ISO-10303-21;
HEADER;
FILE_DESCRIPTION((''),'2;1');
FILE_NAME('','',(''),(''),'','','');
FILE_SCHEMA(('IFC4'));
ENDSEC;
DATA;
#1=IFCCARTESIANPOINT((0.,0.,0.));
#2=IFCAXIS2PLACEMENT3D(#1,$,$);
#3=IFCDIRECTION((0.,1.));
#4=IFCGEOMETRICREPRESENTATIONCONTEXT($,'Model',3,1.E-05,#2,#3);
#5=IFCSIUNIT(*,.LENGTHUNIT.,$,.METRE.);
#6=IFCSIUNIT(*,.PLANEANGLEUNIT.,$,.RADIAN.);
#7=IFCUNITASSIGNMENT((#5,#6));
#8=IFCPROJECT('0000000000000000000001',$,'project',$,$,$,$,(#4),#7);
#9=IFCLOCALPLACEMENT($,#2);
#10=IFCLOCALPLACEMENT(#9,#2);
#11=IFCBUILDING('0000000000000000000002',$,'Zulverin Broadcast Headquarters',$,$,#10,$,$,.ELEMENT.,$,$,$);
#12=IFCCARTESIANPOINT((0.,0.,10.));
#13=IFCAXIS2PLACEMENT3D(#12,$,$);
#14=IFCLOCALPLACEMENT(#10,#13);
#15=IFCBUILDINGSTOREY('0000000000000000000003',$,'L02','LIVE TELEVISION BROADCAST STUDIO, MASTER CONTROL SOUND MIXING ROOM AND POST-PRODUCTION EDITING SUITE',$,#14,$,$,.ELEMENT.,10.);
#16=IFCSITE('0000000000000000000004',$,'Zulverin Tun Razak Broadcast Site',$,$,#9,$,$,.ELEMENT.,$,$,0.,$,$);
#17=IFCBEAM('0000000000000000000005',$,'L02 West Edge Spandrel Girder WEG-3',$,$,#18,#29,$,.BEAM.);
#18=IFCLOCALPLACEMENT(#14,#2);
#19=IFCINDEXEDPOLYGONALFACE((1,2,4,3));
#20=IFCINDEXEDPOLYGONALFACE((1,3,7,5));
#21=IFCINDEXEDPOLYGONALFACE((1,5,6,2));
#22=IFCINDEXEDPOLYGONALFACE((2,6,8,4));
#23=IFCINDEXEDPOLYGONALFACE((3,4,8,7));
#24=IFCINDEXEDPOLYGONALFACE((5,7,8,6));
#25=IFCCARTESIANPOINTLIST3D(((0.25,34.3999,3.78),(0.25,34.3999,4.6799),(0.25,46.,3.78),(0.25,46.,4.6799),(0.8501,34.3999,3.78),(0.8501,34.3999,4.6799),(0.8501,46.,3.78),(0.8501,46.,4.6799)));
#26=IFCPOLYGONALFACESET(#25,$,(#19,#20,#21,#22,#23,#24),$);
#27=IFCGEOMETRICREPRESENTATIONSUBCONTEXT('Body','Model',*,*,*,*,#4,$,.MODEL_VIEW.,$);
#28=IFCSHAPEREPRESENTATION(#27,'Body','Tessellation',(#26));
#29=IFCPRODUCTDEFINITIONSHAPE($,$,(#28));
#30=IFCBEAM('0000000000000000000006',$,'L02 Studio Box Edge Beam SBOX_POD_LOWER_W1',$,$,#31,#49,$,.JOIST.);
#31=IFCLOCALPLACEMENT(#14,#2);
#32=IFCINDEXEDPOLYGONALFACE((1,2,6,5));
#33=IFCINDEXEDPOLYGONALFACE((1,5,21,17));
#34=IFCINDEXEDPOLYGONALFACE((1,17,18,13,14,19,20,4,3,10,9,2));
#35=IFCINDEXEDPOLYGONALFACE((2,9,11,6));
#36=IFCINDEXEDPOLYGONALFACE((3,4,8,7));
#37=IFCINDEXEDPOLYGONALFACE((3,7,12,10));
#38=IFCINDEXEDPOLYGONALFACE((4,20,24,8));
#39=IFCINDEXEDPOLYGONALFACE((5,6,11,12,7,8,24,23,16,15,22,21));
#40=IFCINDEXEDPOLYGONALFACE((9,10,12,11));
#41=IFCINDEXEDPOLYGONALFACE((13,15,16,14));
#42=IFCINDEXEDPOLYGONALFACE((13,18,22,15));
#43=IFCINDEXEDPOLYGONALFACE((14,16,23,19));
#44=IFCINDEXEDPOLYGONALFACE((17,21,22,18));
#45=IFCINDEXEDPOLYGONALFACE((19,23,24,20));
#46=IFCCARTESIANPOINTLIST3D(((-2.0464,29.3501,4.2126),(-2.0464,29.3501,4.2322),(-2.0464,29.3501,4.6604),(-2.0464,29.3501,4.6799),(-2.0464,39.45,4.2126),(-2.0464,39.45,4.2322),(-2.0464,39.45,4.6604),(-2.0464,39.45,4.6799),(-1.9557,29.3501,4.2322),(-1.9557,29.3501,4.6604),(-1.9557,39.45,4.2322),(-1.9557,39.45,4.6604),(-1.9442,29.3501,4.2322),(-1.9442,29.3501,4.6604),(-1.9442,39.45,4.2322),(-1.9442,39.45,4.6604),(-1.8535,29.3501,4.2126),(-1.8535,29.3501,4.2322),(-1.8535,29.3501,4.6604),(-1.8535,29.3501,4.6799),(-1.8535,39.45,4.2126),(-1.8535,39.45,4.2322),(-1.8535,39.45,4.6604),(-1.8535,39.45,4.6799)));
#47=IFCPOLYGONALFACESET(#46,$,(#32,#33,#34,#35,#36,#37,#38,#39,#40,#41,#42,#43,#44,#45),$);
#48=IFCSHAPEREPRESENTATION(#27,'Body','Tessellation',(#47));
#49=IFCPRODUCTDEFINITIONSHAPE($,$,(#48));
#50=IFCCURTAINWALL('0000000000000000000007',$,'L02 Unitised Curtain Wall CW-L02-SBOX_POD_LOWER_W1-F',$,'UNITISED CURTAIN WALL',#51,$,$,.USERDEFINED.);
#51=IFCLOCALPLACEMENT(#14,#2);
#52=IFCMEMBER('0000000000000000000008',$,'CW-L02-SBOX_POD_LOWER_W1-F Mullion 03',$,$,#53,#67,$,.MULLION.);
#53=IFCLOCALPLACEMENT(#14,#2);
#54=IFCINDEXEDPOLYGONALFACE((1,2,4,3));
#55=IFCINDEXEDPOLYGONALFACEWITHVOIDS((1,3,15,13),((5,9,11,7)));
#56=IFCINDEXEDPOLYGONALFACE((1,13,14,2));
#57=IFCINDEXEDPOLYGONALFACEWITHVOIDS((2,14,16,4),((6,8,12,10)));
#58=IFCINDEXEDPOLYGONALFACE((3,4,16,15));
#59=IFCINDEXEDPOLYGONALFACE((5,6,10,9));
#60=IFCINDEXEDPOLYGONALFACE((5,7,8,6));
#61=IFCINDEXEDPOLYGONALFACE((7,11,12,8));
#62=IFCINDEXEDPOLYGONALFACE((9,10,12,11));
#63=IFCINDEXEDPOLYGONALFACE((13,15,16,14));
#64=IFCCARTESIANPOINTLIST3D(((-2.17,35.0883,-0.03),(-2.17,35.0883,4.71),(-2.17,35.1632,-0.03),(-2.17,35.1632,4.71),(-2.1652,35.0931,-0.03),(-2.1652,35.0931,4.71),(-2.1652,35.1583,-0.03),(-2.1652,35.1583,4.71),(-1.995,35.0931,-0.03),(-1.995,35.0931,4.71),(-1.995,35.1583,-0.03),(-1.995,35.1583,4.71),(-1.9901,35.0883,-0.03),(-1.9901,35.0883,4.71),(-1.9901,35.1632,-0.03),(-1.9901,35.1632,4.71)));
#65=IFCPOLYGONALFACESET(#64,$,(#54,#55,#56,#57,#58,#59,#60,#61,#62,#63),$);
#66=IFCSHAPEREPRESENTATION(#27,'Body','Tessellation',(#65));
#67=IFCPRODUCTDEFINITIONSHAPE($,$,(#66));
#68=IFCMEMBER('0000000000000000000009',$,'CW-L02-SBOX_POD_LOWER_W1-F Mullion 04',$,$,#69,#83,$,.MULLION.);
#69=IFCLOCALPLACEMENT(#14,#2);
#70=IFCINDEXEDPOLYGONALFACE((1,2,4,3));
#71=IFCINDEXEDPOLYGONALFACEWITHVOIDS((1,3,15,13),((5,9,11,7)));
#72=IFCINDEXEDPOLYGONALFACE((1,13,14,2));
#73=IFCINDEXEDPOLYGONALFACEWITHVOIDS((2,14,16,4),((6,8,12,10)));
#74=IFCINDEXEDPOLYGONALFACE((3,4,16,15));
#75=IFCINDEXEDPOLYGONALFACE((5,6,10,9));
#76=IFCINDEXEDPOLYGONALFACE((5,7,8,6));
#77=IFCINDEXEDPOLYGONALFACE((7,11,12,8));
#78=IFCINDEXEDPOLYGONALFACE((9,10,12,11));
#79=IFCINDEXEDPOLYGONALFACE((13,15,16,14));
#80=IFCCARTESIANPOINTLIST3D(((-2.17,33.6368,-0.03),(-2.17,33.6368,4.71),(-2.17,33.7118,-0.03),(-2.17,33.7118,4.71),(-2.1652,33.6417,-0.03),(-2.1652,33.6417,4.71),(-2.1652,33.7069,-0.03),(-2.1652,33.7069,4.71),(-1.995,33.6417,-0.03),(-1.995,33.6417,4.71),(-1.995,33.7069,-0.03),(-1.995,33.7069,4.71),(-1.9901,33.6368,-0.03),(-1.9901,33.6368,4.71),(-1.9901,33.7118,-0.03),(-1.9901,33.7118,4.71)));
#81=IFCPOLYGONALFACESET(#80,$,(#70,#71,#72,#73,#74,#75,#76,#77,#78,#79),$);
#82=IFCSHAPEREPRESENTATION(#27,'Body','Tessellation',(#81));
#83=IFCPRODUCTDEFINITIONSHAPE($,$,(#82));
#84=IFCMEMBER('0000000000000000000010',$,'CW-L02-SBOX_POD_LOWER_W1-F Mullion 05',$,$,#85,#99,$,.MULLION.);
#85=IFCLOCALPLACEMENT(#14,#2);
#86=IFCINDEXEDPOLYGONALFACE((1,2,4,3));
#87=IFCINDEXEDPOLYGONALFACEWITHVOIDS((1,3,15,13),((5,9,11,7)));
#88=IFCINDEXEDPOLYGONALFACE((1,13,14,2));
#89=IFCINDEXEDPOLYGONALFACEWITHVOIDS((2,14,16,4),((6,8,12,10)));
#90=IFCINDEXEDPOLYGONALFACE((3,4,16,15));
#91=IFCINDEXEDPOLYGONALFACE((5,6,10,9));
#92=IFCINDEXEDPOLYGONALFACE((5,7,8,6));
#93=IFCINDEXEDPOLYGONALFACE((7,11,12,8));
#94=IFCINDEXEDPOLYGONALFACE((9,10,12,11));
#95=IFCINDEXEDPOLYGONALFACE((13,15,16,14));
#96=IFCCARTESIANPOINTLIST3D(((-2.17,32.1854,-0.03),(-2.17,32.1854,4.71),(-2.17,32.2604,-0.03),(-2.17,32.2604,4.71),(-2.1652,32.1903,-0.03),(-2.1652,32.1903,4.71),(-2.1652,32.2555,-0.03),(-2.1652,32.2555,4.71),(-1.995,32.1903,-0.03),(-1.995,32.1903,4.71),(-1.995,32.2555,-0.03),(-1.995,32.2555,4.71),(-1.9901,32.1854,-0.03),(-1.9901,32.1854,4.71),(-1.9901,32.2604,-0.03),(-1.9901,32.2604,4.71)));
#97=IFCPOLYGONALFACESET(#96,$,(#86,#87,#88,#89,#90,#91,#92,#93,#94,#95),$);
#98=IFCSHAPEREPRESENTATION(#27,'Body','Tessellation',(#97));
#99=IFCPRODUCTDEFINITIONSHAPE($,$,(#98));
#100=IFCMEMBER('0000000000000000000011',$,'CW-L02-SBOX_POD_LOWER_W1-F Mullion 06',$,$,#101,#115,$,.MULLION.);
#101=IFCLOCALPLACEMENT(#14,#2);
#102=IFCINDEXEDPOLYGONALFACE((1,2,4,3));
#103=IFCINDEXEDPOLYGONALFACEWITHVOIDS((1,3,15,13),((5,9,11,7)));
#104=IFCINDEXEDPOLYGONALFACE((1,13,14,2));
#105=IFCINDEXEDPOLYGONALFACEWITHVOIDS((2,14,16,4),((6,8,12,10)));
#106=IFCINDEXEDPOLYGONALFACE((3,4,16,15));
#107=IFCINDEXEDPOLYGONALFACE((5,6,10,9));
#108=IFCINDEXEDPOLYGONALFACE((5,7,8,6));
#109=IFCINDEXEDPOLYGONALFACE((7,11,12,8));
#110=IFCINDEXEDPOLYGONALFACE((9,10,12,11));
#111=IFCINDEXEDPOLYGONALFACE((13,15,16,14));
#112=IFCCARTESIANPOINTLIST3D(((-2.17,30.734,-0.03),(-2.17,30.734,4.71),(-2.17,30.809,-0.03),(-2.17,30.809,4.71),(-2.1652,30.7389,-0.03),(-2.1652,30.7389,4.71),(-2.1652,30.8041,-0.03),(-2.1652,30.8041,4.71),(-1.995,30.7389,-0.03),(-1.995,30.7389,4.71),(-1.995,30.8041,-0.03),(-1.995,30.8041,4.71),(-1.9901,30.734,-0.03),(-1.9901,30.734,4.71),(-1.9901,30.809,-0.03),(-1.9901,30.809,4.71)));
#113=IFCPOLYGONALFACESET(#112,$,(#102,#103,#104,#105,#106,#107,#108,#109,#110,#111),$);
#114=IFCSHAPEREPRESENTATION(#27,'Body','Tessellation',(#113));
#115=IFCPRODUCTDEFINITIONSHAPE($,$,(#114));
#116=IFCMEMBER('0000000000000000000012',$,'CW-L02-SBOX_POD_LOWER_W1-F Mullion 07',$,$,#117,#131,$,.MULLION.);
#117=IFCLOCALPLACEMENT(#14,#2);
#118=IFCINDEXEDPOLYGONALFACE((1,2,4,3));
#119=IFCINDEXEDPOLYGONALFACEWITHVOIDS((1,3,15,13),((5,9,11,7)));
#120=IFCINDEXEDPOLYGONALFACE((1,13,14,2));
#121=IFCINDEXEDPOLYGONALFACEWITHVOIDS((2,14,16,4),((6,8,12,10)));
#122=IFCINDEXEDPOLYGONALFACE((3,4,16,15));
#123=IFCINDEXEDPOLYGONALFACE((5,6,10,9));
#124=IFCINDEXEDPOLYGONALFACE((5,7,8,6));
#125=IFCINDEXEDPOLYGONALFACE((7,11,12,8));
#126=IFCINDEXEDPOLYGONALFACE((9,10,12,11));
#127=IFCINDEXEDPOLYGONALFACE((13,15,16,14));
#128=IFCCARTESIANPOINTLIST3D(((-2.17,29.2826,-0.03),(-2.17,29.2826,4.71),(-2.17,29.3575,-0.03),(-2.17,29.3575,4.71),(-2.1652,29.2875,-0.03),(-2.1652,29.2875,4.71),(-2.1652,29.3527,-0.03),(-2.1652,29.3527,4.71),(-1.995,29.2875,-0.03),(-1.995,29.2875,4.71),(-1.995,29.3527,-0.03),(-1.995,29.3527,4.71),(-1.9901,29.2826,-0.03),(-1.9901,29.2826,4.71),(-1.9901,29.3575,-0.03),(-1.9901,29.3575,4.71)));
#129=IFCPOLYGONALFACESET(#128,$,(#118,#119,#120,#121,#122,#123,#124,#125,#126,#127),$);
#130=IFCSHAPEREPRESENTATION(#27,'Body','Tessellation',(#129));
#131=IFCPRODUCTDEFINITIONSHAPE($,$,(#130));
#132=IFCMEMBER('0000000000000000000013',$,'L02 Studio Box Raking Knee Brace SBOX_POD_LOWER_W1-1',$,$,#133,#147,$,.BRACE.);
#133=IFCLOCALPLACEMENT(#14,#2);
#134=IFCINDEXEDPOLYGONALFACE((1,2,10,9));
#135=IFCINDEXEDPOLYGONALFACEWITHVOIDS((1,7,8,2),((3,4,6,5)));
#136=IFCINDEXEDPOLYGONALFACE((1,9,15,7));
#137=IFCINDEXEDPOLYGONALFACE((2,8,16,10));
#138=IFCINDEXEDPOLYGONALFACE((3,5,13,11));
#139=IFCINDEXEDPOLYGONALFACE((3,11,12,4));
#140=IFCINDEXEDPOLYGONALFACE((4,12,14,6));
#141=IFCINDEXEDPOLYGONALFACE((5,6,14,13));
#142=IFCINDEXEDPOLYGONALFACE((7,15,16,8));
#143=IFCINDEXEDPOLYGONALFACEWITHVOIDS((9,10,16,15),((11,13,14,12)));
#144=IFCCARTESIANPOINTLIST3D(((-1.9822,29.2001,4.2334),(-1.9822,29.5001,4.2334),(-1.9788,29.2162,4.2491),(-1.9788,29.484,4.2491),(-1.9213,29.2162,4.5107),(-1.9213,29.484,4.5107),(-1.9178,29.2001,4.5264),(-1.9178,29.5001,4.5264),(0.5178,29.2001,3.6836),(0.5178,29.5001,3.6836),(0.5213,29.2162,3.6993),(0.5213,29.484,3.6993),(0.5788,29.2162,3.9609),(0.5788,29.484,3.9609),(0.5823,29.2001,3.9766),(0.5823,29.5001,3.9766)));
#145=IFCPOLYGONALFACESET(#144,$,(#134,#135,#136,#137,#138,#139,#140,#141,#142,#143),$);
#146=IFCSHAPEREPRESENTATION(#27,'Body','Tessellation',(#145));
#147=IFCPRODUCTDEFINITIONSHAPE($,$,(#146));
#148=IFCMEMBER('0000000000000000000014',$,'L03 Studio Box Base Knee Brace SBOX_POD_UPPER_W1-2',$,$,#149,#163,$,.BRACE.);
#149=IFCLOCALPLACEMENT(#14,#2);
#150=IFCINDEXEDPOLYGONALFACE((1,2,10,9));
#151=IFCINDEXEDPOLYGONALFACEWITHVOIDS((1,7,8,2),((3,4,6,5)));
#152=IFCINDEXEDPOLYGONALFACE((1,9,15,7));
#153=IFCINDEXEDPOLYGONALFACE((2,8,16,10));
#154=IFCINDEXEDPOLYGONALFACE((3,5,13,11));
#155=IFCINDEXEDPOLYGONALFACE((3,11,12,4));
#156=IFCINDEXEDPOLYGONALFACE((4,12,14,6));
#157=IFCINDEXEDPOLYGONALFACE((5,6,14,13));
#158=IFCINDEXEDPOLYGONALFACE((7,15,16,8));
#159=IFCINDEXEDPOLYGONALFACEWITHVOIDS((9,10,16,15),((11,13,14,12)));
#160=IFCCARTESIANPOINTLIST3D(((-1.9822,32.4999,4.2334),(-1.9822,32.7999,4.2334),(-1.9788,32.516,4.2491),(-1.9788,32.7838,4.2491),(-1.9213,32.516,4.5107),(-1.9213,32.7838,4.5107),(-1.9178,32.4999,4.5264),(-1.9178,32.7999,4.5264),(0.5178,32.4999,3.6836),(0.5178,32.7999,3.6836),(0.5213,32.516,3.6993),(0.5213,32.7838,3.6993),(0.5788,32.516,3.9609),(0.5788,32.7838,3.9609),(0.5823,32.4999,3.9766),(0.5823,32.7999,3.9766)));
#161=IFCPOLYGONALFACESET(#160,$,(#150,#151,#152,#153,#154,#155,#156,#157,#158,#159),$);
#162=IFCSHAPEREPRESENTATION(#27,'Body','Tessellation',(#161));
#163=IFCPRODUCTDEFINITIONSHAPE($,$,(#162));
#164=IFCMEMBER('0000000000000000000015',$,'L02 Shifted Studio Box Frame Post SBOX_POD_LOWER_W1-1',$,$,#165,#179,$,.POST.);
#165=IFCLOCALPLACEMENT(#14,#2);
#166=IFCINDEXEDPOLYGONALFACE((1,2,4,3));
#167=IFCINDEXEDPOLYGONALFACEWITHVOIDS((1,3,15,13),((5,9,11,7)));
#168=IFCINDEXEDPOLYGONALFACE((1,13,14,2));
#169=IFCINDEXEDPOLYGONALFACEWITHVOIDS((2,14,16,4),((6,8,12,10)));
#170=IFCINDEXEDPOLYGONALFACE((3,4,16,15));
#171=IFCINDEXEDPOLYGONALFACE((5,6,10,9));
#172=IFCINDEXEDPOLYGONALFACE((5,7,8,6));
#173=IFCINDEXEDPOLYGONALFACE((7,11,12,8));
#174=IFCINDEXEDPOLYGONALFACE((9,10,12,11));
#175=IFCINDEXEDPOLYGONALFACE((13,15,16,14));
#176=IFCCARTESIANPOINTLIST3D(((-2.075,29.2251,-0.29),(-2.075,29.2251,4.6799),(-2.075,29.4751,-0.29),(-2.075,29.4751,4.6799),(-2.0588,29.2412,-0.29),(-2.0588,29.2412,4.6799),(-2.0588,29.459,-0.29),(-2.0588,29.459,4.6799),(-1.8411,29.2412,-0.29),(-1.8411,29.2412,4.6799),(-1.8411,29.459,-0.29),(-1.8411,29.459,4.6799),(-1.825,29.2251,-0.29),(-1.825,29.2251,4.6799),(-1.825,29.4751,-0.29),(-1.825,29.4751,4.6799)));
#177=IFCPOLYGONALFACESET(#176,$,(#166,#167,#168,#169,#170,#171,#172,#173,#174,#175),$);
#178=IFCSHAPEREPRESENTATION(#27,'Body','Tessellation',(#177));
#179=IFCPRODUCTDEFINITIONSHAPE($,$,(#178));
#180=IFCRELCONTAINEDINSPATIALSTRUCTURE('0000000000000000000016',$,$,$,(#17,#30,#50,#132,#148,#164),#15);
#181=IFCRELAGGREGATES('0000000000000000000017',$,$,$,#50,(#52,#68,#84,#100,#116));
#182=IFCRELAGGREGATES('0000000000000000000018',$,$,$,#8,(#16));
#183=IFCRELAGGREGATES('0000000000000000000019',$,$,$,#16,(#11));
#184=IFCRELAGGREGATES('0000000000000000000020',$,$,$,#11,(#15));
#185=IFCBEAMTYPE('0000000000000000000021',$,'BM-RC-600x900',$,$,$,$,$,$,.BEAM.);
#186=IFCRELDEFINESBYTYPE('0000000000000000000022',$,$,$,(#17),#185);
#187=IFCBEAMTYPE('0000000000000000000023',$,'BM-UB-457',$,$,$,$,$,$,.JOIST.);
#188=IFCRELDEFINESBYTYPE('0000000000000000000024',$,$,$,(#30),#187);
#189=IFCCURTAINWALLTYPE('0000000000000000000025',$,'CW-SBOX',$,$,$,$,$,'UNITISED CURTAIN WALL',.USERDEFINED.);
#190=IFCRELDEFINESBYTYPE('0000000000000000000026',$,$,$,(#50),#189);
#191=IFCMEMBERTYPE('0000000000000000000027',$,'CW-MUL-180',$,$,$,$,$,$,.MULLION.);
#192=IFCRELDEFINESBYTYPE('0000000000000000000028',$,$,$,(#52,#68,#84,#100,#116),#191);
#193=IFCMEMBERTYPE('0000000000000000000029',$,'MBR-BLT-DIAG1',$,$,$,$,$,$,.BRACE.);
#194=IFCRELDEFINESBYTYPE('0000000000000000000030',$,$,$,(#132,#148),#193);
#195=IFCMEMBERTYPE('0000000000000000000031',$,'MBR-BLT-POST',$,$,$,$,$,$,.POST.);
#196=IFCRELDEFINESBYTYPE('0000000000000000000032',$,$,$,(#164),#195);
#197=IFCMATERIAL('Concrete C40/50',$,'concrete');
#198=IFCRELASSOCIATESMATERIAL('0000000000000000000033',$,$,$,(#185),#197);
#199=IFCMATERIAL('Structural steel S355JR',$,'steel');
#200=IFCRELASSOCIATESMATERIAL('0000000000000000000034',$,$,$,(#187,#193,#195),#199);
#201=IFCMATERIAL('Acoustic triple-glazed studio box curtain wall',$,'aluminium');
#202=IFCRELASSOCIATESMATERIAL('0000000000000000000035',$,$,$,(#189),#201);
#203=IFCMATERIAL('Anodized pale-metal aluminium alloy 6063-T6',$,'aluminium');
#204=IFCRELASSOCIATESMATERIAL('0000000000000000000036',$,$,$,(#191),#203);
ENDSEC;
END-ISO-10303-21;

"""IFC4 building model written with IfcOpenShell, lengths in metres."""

from ifc_helpers import new_model, si_unit, direction, frame, origin, origin_2d, place, context, subcontext, project, spatial, rectangle, hollow_rectangle, i_section, extrude, material, material_profile, profile_set, type_object, element, aggregate, save


model = new_model("IFC4")

# Units and contexts
model_context = context("Model", 3, precision=1e-05, world=origin(), true_north=direction((0.0, 1.0)))
body_context = subcontext(model_context, "Body", "Model", "MODEL_VIEW")
ifc_project = project(units=[si_unit("LENGTHUNIT", "METRE"), si_unit("PLANEANGLEUNIT", "RADIAN")], contexts=[model_context])

# Site, building, storey
site_placement = place(None, origin())
site = spatial("IfcSite", under=ifc_project, at=site_placement, Name="Zulverin Tun Razak Broadcast Site", CompositionType="ELEMENT", RefElevation=0.0)
building_placement = place(site_placement, origin())
building = spatial("IfcBuilding", under=site, at=building_placement, Name="Zulverin Broadcast Headquarters", CompositionType="ELEMENT")
storey_placement = place(building_placement, frame((0.0, 0.0, 10.0)))
storey = spatial("IfcBuildingStorey", under=building, at=storey_placement, Name="L02", Description="LIVE TELEVISION BROADCAST STUDIO, MASTER CONTROL SOUND MIXING ROOM AND POST-PRODUCTION EDITING SUITE", CompositionType="ELEMENT", Elevation=10.0)

# Beams
ifc_material_1 = material(Name="Concrete C40/50", Category="concrete")
ifc_material_profile_1 = material_profile(ifc_material_1, rectangle(XDim=0.6001, YDim=0.8999, at=origin_2d()), Name="Concrete C40/50", Category="concrete")
ifc_profile_set_1 = profile_set([ifc_material_profile_1], Name="Concrete C40/50")
beam_type_1 = type_object("IfcBeamType", Name="BM-RC-600x900", PredefinedType="BEAM", material=ifc_profile_set_1)
beam_1_placement = place(storey_placement, frame((0.55, 34.3999, 4.23), z_axis=(0.0, 1.0, 0.0), x_axis=(-1.0, 0.0, 0.0)))
element("IfcBeam", 1, at=beam_1_placement, inside=storey, type_object=beam_type_1, Name="L02 West Edge Spandrel Girder WEG-3", PredefinedType="BEAM", context=body_context, shape_type="SweptSolid", body=[
    extrude(rectangle(XDim=0.6001, YDim=0.8999, at=origin_2d()), origin(), (0.0, 0.0, 1.0), 11.6001),
])
ifc_material_2 = material(Name="Structural steel S355JR", Category="steel")
ifc_material_profile_2 = material_profile(ifc_material_2, i_section(OverallWidth=0.1929, OverallDepth=0.4673, WebThickness=0.0115, FlangeThickness=0.0195, at=origin_2d()), Name="Structural steel S355JR", Category="steel")
ifc_profile_set_2 = profile_set([ifc_material_profile_2], Name="Structural steel S355JR")
beam_type_2 = type_object("IfcBeamType", Name="BM-UB-457", PredefinedType="JOIST", material=ifc_profile_set_2)
beam_2_placement = place(storey_placement, frame((-1.95, 29.3501, 4.4463), z_axis=(0.0, 1.0, 0.0), x_axis=(-1.0, 0.0, 0.0)))
element("IfcBeam", 2, at=beam_2_placement, inside=storey, type_object=beam_type_2, Name="L02 Studio Box Edge Beam SBOX_POD_LOWER_W1", PredefinedType="JOIST", context=body_context, shape_type="SweptSolid", body=[
    extrude(i_section(OverallWidth=0.1929, OverallDepth=0.4673, WebThickness=0.0115, FlangeThickness=0.0195, at=origin_2d()), origin(), (0.0, 0.0, 1.0), 10.0999),
])

# Curtain wall, members
ifc_material_3 = material(Name="Acoustic triple-glazed studio box curtain wall", Category="aluminium")
curtain_wall_type = type_object("IfcCurtainWallType", Name="CW-SBOX", ElementType="UNITISED CURTAIN WALL", PredefinedType="USERDEFINED", material=ifc_material_3)
curtain_wall_placement = place(storey_placement, origin())
curtain_wall = element("IfcCurtainWall", 3, at=curtain_wall_placement, inside=storey, type_object=curtain_wall_type, Name="L02 Unitised Curtain Wall CW-L02-SBOX_POD_LOWER_W1-F", ObjectType="UNITISED CURTAIN WALL", PredefinedType="USERDEFINED")
ifc_material_4 = material(Name="Anodized pale-metal aluminium alloy 6063-T6", Category="aluminium")
ifc_material_profile_3 = material_profile(ifc_material_4, hollow_rectangle(XDim=0.075, YDim=0.1799, WallThickness=0.0049, at=origin_2d()), Name="Anodized pale-metal aluminium alloy 6063-T6", Category="aluminium")
ifc_profile_set_3 = profile_set([ifc_material_profile_3], Name="Anodized pale-metal aluminium alloy 6063-T6")
member_type_1 = type_object("IfcMemberType", Name="CW-MUL-180", PredefinedType="MULLION", material=ifc_profile_set_3)
member_1_placement = place(storey_placement, frame((-2.0801, 35.1257, -0.03), z_axis=(0.0, 0.0, 1.0), x_axis=(0.0, -1.0, 0.0)))
member_1 = element("IfcMember", 4, at=member_1_placement, type_object=member_type_1, Name="CW-L02-SBOX_POD_LOWER_W1-F Mullion 03", PredefinedType="MULLION", context=body_context, shape_type="SweptSolid", body=[
    extrude(hollow_rectangle(XDim=0.075, YDim=0.1799, WallThickness=0.0049, at=origin_2d()), origin(), (0.0, 0.0, 1.0), 4.74),
])
member_2_placement = place(storey_placement, frame((-2.0801, 33.6743, -0.03), z_axis=(0.0, 0.0, 1.0), x_axis=(0.0, -1.0, 0.0)))
member_2 = element("IfcMember", 5, at=member_2_placement, type_object=member_type_1, Name="CW-L02-SBOX_POD_LOWER_W1-F Mullion 04", PredefinedType="MULLION", context=body_context, shape_type="SweptSolid", body=[
    extrude(hollow_rectangle(XDim=0.075, YDim=0.1799, WallThickness=0.0049, at=origin_2d()), origin(), (0.0, 0.0, 1.0), 4.74),
])
member_3_placement = place(storey_placement, frame((-2.0801, 32.2229, -0.03), z_axis=(0.0, 0.0, 1.0), x_axis=(0.0, -1.0, 0.0)))
member_3 = element("IfcMember", 6, at=member_3_placement, type_object=member_type_1, Name="CW-L02-SBOX_POD_LOWER_W1-F Mullion 05", PredefinedType="MULLION", context=body_context, shape_type="SweptSolid", body=[
    extrude(hollow_rectangle(XDim=0.075, YDim=0.1799, WallThickness=0.0049, at=origin_2d()), origin(), (0.0, 0.0, 1.0), 4.74),
])
member_4_placement = place(storey_placement, frame((-2.0801, 30.7715, -0.03), z_axis=(0.0, 0.0, 1.0), x_axis=(0.0, -1.0, 0.0)))
member_4 = element("IfcMember", 7, at=member_4_placement, type_object=member_type_1, Name="CW-L02-SBOX_POD_LOWER_W1-F Mullion 06", PredefinedType="MULLION", context=body_context, shape_type="SweptSolid", body=[
    extrude(hollow_rectangle(XDim=0.075, YDim=0.1799, WallThickness=0.0049, at=origin_2d()), origin(), (0.0, 0.0, 1.0), 4.74),
])
member_5_placement = place(storey_placement, frame((-2.0801, 29.3201, -0.03), z_axis=(0.0, 0.0, 1.0), x_axis=(0.0, -1.0, 0.0)))
member_5 = element("IfcMember", 8, at=member_5_placement, type_object=member_type_1, Name="CW-L02-SBOX_POD_LOWER_W1-F Mullion 07", PredefinedType="MULLION", context=body_context, shape_type="SweptSolid", body=[
    extrude(hollow_rectangle(XDim=0.075, YDim=0.1799, WallThickness=0.0049, at=origin_2d()), origin(), (0.0, 0.0, 1.0), 4.74),
])

# Members
ifc_material_profile_4 = material_profile(ifc_material_2, hollow_rectangle(XDim=0.3, YDim=0.3, WallThickness=0.0161, at=origin_2d()), Name="Structural steel S355JR", Category="steel")
ifc_profile_set_4 = profile_set([ifc_material_profile_4], Name="Structural steel S355JR")
member_type_2 = type_object("IfcMemberType", Name="MBR-BLT-DIAG1", PredefinedType="BRACE", material=ifc_profile_set_4)
for number, where, z_axis, x_axis, name in (
    (9, (0.55, 29.3501, 3.8301), (-0.97666, 0.0, 0.214789), (0.0, -1.0, 0.0), "L02 Studio Box Raking Knee Brace SBOX_POD_LOWER_W1-1"),
    (10, (0.55, 32.6499, 3.8301), (-0.97666, 0.0, 0.214789), (0.0, -1.0, 0.0), "L03 Studio Box Base Knee Brace SBOX_POD_UPPER_W1-2"),
):
    element("IfcMember", number, at=place(storey_placement, frame(where, z_axis=z_axis, x_axis=x_axis)), inside=storey, type_object=member_type_2, Name=name, PredefinedType="BRACE", context=body_context, shape_type="SweptSolid", body=[
        extrude(hollow_rectangle(XDim=0.3, YDim=0.3, WallThickness=0.0161, at=origin_2d()), origin(), (0.0, 0.0, 1.0), 2.5598),
    ])
ifc_material_profile_5 = material_profile(ifc_material_2, hollow_rectangle(XDim=0.25, YDim=0.25, WallThickness=0.0161, at=origin_2d()), Name="Structural steel S355JR", Category="steel")
ifc_profile_set_5 = profile_set([ifc_material_profile_5], Name="Structural steel S355JR")
member_type_3 = type_object("IfcMemberType", Name="MBR-BLT-POST", PredefinedType="POST", material=ifc_profile_set_5)
member_6_placement = place(storey_placement, frame((-1.95, 29.3501, -0.29), z_axis=(0.0, 0.0, 1.0), x_axis=(1.0, 0.0, 0.0)))
element("IfcMember", 11, at=member_6_placement, inside=storey, type_object=member_type_3, Name="L02 Shifted Studio Box Frame Post SBOX_POD_LOWER_W1-1", PredefinedType="POST", context=body_context, shape_type="SweptSolid", body=[
    extrude(hollow_rectangle(XDim=0.25, YDim=0.25, WallThickness=0.0161, at=origin_2d()), origin(), (0.0, 0.0, 1.0), 4.97),
])

aggregate(curtain_wall, [member_1, member_2, member_3, member_4, member_5])

save(model, "model.ifc")
